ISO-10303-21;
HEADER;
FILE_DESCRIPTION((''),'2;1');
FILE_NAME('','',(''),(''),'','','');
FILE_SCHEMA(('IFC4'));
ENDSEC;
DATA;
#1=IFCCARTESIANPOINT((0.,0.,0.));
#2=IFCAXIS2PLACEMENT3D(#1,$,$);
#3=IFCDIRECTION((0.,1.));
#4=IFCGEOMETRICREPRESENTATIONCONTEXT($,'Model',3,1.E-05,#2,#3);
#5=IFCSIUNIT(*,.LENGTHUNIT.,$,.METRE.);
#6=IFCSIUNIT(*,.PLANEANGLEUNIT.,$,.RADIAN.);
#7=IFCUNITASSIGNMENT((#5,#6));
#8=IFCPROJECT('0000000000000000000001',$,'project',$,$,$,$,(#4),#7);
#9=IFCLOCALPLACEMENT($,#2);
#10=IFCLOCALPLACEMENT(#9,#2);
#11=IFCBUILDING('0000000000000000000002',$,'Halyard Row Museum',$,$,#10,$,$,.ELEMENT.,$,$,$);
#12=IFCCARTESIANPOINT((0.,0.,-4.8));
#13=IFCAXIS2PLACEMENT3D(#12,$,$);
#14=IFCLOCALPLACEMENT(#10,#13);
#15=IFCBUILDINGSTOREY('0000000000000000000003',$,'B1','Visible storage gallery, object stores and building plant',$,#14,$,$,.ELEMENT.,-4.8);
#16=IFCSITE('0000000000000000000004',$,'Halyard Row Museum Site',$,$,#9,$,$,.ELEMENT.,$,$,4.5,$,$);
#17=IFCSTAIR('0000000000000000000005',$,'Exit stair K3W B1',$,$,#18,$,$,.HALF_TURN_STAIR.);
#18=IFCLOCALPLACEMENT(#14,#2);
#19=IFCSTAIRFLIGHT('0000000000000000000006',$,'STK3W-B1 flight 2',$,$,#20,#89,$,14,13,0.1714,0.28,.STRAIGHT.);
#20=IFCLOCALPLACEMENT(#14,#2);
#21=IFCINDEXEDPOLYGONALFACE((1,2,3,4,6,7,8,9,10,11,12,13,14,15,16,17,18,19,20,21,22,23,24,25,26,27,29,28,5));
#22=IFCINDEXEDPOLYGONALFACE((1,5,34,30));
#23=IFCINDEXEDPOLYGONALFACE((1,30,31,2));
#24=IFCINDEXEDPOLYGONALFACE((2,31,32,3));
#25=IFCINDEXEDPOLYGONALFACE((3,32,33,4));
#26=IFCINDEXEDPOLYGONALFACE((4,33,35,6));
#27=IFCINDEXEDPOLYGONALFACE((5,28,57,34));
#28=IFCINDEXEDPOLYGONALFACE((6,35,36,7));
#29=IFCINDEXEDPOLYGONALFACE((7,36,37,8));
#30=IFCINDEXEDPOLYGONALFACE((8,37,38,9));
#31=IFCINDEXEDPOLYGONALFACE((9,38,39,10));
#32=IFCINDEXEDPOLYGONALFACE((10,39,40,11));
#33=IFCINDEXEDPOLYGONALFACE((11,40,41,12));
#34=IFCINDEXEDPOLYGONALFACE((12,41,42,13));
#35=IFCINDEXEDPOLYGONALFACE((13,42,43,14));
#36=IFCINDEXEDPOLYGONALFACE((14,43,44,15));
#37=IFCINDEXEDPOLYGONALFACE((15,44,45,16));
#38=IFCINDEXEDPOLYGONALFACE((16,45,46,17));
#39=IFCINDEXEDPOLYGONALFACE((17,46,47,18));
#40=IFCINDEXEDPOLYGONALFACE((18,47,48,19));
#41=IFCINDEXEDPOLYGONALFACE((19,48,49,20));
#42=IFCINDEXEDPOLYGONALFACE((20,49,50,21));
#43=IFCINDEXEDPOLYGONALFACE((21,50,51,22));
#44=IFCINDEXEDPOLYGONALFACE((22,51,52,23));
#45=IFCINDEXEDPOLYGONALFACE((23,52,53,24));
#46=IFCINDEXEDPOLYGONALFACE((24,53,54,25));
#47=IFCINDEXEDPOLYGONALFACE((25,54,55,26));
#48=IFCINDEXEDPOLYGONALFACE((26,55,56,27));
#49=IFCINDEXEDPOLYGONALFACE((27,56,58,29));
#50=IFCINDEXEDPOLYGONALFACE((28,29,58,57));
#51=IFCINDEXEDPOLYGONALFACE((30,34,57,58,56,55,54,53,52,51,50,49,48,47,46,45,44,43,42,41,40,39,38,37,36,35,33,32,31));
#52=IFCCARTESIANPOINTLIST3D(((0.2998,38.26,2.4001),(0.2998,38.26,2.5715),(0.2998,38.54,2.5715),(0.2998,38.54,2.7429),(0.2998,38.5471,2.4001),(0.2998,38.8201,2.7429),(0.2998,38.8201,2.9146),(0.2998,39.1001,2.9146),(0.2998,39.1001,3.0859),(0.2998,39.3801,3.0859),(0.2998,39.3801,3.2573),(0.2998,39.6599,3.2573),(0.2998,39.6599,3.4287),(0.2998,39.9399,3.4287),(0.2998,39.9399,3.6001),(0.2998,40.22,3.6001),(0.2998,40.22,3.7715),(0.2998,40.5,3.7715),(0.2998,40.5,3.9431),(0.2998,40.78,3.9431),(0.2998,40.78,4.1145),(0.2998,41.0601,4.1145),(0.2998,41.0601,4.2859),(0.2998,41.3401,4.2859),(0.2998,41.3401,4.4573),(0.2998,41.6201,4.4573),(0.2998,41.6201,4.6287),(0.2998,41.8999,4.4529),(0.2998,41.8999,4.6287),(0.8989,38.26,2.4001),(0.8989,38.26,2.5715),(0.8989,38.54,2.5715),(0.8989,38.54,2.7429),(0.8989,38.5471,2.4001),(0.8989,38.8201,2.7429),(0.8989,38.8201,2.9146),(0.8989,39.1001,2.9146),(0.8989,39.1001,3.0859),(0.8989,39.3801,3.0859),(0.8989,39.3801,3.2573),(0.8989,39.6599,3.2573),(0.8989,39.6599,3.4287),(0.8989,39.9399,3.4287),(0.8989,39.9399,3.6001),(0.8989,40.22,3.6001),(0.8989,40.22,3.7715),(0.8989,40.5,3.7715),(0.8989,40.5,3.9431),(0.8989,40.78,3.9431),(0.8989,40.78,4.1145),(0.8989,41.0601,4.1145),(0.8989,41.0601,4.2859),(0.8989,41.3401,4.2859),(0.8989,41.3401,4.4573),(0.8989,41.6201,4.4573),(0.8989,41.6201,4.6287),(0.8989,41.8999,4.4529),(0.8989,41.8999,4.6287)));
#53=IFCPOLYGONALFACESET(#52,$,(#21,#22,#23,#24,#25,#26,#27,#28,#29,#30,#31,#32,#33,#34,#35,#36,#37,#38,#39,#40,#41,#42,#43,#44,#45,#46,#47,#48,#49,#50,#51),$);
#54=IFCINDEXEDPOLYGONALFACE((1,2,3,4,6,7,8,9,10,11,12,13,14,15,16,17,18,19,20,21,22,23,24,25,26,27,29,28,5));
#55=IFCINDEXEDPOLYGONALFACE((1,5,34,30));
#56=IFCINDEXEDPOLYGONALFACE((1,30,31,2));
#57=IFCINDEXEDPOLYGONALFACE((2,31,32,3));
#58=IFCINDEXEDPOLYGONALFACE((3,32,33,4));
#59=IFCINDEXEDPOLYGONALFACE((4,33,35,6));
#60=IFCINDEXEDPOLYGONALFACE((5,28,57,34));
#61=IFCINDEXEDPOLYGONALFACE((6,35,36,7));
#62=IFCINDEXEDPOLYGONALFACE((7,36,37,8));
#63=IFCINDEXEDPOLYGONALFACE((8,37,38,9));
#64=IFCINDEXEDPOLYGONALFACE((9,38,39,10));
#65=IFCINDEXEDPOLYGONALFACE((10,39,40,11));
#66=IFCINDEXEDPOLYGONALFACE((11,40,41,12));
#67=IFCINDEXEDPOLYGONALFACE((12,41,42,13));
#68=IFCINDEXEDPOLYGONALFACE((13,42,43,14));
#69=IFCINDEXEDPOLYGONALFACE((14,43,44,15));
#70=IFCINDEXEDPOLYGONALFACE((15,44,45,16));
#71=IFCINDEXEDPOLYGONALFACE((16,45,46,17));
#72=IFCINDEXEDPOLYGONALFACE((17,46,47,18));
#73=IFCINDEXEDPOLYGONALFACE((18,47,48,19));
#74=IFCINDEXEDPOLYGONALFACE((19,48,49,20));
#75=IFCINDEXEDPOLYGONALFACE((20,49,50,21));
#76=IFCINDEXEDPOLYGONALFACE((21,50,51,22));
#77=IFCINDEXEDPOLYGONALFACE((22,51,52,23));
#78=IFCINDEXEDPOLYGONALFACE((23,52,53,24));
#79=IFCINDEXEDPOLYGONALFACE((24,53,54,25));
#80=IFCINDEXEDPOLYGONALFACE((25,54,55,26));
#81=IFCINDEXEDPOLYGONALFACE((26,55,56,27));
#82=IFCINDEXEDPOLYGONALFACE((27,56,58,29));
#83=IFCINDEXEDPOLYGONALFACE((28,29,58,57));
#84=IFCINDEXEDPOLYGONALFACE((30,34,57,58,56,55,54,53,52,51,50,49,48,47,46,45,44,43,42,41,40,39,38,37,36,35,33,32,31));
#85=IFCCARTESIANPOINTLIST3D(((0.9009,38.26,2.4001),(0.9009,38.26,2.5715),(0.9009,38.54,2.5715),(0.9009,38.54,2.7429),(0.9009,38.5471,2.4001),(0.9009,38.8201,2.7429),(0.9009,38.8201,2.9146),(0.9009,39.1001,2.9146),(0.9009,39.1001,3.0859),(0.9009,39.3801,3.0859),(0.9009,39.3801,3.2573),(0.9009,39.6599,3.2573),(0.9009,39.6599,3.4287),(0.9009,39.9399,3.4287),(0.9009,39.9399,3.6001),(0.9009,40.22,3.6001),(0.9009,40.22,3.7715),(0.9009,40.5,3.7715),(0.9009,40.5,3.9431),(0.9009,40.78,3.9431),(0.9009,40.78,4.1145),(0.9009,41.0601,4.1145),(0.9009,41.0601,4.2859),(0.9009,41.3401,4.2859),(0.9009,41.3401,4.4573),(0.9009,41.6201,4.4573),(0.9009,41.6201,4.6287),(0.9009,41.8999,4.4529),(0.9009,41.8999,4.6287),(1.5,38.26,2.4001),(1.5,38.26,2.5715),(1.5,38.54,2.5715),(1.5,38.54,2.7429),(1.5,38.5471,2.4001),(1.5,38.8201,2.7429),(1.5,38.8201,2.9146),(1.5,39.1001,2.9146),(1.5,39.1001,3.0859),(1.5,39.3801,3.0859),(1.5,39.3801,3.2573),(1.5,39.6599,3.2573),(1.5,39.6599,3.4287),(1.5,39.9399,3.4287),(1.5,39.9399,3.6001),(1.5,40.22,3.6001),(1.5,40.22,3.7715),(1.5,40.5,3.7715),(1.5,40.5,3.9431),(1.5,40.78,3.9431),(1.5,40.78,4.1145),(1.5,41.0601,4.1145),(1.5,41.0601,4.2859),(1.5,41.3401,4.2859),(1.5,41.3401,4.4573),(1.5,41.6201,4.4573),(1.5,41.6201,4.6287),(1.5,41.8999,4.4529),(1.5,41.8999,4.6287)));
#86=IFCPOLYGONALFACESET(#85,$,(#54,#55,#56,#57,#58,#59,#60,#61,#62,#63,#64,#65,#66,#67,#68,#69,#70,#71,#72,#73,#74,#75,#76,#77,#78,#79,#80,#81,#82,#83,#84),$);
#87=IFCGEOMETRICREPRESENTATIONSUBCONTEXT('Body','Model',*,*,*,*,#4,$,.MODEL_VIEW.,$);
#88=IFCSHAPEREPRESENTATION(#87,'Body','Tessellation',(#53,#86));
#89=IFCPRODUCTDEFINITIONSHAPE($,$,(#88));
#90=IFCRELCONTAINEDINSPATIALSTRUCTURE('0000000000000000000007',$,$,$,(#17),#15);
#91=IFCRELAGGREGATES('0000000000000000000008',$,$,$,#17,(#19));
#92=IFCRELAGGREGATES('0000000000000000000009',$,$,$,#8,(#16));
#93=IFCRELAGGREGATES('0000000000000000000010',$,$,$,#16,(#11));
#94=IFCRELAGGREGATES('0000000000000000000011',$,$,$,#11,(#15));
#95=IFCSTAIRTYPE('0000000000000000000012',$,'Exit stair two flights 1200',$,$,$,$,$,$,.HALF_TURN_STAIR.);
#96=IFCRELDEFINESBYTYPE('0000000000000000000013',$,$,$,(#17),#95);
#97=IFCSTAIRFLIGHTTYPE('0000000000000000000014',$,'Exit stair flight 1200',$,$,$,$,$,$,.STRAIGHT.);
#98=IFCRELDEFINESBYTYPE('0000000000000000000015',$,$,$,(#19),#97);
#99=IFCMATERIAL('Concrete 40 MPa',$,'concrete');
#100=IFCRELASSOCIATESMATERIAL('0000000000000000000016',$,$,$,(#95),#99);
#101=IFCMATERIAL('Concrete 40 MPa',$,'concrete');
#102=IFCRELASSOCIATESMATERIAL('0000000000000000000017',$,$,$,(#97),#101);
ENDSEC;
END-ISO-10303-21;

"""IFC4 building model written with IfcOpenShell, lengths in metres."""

from ifc_helpers import new_model, si_unit, direction, frame, origin, place, context, subcontext, project, spatial, polyline, outline, extrude, material, type_object, element, aggregate, save


model = new_model("IFC4")

# Units and contexts
model_context = context("Model", 3, precision=1e-05, world=origin(), true_north=direction((0.0, 1.0)))
body_context = subcontext(model_context, "Body", "Model", "MODEL_VIEW")
ifc_project = project(units=[si_unit("LENGTHUNIT", "METRE"), si_unit("PLANEANGLEUNIT", "RADIAN")], contexts=[model_context])

# Site, building, storey
site_placement = place(None, origin())
site = spatial("IfcSite", under=ifc_project, at=site_placement, Name="Halyard Row Museum Site", CompositionType="ELEMENT", RefElevation=4.5)
building_placement = place(site_placement, origin())
building = spatial("IfcBuilding", under=site, at=building_placement, Name="Halyard Row Museum", CompositionType="ELEMENT")
storey_placement = place(building_placement, frame((0.0, 0.0, -4.8)))
storey = spatial("IfcBuildingStorey", under=building, at=storey_placement, Name="B1", Description="Visible storage gallery, object stores and building plant", CompositionType="ELEMENT", Elevation=-4.8)

# Stair, stair flight
ifc_material_1 = material(Name="Concrete 40 MPa", Category="concrete")
stair_type = type_object("IfcStairType", Name="Exit stair two flights 1200", PredefinedType="HALF_TURN_STAIR", material=ifc_material_1)
stair_placement = place(storey_placement, origin())
stair = element("IfcStair", 1, at=stair_placement, inside=storey, type_object=stair_type, Name="Exit stair K3W B1", PredefinedType="HALF_TURN_STAIR")
ifc_material_2 = material(Name="Concrete 40 MPa", Category="concrete")
stair_flight_type = type_object("IfcStairFlightType", Name="Exit stair flight 1200", PredefinedType="STRAIGHT", material=ifc_material_2)
stair_flight_1_placement = place(storey_placement, frame((0.8999, 38.26, 2.4001), z_axis=(0.0, 0.0, 1.0), x_axis=(0.0, 1.0, 0.0)))
stair_flight_1 = element("IfcStairFlight", 2, at=stair_flight_1_placement, type_object=stair_flight_type, Name="STK3W-B1 flight 2", NumberOfRisers=14, NumberOfTreads=13, PredefinedType="STRAIGHT", RiserHeight=0.1714, TreadLength=0.28, context=body_context, shape_type="SweptSolid", body=[
    extrude(outline(polyline([(0.0, 0.0), (0.0, 0.1714), (0.28, 0.1714), (0.28, 0.3428), (0.5601, 0.3428), (0.5601, 0.5144), (0.8401, 0.5144), (0.8401, 0.6858), (1.1201, 0.6858), (1.1201, 0.8572), (1.3999, 0.8572), (1.3999, 1.0286), (1.6799, 1.0286), (1.6799, 1.2), (1.96, 1.2), (1.96, 1.3713), (2.24, 1.3713), (2.24, 1.543), (2.52, 1.543), (2.52, 1.7144), (2.8, 1.7144), (2.8, 1.8857), (3.0801, 1.8857), (3.0801, 2.0571), (3.3601, 2.0571), (3.3601, 2.2285), (3.6399, 2.2285), (3.6399, 2.3999), (3.6399, 2.0527), (0.2871, 0.0), (0.0, 0.0)])), frame((0.0, 0.6001, 0.0), z_axis=(0.0, -1.0, 0.0), x_axis=(1.0, 0.0, 0.0)), (0.0, 0.0, 1.0), 0.5991),
    extrude(outline(polyline([(0.0, 0.0), (0.0, 0.1714), (0.28, 0.1714), (0.28, 0.3428), (0.5601, 0.3428), (0.5601, 0.5144), (0.8401, 0.5144), (0.8401, 0.6858), (1.1201, 0.6858), (1.1201, 0.8572), (1.3999, 0.8572), (1.3999, 1.0286), (1.6799, 1.0286), (1.6799, 1.2), (1.96, 1.2), (1.96, 1.3713), (2.24, 1.3713), (2.24, 1.543), (2.52, 1.543), (2.52, 1.7144), (2.8, 1.7144), (2.8, 1.8857), (3.0801, 1.8857), (3.0801, 2.0571), (3.3601, 2.0571), (3.3601, 2.2285), (3.6399, 2.2285), (3.6399, 2.3999), (3.6399, 2.0527), (0.2871, 0.0), (0.0, 0.0)])), frame((0.0, -0.001, 0.0), z_axis=(0.0, -1.0, 0.0), x_axis=(1.0, 0.0, 0.0)), (0.0, 0.0, 1.0), 0.5991),
])
aggregate(stair, [stair_flight_1])

save(model, "model.ifc")
